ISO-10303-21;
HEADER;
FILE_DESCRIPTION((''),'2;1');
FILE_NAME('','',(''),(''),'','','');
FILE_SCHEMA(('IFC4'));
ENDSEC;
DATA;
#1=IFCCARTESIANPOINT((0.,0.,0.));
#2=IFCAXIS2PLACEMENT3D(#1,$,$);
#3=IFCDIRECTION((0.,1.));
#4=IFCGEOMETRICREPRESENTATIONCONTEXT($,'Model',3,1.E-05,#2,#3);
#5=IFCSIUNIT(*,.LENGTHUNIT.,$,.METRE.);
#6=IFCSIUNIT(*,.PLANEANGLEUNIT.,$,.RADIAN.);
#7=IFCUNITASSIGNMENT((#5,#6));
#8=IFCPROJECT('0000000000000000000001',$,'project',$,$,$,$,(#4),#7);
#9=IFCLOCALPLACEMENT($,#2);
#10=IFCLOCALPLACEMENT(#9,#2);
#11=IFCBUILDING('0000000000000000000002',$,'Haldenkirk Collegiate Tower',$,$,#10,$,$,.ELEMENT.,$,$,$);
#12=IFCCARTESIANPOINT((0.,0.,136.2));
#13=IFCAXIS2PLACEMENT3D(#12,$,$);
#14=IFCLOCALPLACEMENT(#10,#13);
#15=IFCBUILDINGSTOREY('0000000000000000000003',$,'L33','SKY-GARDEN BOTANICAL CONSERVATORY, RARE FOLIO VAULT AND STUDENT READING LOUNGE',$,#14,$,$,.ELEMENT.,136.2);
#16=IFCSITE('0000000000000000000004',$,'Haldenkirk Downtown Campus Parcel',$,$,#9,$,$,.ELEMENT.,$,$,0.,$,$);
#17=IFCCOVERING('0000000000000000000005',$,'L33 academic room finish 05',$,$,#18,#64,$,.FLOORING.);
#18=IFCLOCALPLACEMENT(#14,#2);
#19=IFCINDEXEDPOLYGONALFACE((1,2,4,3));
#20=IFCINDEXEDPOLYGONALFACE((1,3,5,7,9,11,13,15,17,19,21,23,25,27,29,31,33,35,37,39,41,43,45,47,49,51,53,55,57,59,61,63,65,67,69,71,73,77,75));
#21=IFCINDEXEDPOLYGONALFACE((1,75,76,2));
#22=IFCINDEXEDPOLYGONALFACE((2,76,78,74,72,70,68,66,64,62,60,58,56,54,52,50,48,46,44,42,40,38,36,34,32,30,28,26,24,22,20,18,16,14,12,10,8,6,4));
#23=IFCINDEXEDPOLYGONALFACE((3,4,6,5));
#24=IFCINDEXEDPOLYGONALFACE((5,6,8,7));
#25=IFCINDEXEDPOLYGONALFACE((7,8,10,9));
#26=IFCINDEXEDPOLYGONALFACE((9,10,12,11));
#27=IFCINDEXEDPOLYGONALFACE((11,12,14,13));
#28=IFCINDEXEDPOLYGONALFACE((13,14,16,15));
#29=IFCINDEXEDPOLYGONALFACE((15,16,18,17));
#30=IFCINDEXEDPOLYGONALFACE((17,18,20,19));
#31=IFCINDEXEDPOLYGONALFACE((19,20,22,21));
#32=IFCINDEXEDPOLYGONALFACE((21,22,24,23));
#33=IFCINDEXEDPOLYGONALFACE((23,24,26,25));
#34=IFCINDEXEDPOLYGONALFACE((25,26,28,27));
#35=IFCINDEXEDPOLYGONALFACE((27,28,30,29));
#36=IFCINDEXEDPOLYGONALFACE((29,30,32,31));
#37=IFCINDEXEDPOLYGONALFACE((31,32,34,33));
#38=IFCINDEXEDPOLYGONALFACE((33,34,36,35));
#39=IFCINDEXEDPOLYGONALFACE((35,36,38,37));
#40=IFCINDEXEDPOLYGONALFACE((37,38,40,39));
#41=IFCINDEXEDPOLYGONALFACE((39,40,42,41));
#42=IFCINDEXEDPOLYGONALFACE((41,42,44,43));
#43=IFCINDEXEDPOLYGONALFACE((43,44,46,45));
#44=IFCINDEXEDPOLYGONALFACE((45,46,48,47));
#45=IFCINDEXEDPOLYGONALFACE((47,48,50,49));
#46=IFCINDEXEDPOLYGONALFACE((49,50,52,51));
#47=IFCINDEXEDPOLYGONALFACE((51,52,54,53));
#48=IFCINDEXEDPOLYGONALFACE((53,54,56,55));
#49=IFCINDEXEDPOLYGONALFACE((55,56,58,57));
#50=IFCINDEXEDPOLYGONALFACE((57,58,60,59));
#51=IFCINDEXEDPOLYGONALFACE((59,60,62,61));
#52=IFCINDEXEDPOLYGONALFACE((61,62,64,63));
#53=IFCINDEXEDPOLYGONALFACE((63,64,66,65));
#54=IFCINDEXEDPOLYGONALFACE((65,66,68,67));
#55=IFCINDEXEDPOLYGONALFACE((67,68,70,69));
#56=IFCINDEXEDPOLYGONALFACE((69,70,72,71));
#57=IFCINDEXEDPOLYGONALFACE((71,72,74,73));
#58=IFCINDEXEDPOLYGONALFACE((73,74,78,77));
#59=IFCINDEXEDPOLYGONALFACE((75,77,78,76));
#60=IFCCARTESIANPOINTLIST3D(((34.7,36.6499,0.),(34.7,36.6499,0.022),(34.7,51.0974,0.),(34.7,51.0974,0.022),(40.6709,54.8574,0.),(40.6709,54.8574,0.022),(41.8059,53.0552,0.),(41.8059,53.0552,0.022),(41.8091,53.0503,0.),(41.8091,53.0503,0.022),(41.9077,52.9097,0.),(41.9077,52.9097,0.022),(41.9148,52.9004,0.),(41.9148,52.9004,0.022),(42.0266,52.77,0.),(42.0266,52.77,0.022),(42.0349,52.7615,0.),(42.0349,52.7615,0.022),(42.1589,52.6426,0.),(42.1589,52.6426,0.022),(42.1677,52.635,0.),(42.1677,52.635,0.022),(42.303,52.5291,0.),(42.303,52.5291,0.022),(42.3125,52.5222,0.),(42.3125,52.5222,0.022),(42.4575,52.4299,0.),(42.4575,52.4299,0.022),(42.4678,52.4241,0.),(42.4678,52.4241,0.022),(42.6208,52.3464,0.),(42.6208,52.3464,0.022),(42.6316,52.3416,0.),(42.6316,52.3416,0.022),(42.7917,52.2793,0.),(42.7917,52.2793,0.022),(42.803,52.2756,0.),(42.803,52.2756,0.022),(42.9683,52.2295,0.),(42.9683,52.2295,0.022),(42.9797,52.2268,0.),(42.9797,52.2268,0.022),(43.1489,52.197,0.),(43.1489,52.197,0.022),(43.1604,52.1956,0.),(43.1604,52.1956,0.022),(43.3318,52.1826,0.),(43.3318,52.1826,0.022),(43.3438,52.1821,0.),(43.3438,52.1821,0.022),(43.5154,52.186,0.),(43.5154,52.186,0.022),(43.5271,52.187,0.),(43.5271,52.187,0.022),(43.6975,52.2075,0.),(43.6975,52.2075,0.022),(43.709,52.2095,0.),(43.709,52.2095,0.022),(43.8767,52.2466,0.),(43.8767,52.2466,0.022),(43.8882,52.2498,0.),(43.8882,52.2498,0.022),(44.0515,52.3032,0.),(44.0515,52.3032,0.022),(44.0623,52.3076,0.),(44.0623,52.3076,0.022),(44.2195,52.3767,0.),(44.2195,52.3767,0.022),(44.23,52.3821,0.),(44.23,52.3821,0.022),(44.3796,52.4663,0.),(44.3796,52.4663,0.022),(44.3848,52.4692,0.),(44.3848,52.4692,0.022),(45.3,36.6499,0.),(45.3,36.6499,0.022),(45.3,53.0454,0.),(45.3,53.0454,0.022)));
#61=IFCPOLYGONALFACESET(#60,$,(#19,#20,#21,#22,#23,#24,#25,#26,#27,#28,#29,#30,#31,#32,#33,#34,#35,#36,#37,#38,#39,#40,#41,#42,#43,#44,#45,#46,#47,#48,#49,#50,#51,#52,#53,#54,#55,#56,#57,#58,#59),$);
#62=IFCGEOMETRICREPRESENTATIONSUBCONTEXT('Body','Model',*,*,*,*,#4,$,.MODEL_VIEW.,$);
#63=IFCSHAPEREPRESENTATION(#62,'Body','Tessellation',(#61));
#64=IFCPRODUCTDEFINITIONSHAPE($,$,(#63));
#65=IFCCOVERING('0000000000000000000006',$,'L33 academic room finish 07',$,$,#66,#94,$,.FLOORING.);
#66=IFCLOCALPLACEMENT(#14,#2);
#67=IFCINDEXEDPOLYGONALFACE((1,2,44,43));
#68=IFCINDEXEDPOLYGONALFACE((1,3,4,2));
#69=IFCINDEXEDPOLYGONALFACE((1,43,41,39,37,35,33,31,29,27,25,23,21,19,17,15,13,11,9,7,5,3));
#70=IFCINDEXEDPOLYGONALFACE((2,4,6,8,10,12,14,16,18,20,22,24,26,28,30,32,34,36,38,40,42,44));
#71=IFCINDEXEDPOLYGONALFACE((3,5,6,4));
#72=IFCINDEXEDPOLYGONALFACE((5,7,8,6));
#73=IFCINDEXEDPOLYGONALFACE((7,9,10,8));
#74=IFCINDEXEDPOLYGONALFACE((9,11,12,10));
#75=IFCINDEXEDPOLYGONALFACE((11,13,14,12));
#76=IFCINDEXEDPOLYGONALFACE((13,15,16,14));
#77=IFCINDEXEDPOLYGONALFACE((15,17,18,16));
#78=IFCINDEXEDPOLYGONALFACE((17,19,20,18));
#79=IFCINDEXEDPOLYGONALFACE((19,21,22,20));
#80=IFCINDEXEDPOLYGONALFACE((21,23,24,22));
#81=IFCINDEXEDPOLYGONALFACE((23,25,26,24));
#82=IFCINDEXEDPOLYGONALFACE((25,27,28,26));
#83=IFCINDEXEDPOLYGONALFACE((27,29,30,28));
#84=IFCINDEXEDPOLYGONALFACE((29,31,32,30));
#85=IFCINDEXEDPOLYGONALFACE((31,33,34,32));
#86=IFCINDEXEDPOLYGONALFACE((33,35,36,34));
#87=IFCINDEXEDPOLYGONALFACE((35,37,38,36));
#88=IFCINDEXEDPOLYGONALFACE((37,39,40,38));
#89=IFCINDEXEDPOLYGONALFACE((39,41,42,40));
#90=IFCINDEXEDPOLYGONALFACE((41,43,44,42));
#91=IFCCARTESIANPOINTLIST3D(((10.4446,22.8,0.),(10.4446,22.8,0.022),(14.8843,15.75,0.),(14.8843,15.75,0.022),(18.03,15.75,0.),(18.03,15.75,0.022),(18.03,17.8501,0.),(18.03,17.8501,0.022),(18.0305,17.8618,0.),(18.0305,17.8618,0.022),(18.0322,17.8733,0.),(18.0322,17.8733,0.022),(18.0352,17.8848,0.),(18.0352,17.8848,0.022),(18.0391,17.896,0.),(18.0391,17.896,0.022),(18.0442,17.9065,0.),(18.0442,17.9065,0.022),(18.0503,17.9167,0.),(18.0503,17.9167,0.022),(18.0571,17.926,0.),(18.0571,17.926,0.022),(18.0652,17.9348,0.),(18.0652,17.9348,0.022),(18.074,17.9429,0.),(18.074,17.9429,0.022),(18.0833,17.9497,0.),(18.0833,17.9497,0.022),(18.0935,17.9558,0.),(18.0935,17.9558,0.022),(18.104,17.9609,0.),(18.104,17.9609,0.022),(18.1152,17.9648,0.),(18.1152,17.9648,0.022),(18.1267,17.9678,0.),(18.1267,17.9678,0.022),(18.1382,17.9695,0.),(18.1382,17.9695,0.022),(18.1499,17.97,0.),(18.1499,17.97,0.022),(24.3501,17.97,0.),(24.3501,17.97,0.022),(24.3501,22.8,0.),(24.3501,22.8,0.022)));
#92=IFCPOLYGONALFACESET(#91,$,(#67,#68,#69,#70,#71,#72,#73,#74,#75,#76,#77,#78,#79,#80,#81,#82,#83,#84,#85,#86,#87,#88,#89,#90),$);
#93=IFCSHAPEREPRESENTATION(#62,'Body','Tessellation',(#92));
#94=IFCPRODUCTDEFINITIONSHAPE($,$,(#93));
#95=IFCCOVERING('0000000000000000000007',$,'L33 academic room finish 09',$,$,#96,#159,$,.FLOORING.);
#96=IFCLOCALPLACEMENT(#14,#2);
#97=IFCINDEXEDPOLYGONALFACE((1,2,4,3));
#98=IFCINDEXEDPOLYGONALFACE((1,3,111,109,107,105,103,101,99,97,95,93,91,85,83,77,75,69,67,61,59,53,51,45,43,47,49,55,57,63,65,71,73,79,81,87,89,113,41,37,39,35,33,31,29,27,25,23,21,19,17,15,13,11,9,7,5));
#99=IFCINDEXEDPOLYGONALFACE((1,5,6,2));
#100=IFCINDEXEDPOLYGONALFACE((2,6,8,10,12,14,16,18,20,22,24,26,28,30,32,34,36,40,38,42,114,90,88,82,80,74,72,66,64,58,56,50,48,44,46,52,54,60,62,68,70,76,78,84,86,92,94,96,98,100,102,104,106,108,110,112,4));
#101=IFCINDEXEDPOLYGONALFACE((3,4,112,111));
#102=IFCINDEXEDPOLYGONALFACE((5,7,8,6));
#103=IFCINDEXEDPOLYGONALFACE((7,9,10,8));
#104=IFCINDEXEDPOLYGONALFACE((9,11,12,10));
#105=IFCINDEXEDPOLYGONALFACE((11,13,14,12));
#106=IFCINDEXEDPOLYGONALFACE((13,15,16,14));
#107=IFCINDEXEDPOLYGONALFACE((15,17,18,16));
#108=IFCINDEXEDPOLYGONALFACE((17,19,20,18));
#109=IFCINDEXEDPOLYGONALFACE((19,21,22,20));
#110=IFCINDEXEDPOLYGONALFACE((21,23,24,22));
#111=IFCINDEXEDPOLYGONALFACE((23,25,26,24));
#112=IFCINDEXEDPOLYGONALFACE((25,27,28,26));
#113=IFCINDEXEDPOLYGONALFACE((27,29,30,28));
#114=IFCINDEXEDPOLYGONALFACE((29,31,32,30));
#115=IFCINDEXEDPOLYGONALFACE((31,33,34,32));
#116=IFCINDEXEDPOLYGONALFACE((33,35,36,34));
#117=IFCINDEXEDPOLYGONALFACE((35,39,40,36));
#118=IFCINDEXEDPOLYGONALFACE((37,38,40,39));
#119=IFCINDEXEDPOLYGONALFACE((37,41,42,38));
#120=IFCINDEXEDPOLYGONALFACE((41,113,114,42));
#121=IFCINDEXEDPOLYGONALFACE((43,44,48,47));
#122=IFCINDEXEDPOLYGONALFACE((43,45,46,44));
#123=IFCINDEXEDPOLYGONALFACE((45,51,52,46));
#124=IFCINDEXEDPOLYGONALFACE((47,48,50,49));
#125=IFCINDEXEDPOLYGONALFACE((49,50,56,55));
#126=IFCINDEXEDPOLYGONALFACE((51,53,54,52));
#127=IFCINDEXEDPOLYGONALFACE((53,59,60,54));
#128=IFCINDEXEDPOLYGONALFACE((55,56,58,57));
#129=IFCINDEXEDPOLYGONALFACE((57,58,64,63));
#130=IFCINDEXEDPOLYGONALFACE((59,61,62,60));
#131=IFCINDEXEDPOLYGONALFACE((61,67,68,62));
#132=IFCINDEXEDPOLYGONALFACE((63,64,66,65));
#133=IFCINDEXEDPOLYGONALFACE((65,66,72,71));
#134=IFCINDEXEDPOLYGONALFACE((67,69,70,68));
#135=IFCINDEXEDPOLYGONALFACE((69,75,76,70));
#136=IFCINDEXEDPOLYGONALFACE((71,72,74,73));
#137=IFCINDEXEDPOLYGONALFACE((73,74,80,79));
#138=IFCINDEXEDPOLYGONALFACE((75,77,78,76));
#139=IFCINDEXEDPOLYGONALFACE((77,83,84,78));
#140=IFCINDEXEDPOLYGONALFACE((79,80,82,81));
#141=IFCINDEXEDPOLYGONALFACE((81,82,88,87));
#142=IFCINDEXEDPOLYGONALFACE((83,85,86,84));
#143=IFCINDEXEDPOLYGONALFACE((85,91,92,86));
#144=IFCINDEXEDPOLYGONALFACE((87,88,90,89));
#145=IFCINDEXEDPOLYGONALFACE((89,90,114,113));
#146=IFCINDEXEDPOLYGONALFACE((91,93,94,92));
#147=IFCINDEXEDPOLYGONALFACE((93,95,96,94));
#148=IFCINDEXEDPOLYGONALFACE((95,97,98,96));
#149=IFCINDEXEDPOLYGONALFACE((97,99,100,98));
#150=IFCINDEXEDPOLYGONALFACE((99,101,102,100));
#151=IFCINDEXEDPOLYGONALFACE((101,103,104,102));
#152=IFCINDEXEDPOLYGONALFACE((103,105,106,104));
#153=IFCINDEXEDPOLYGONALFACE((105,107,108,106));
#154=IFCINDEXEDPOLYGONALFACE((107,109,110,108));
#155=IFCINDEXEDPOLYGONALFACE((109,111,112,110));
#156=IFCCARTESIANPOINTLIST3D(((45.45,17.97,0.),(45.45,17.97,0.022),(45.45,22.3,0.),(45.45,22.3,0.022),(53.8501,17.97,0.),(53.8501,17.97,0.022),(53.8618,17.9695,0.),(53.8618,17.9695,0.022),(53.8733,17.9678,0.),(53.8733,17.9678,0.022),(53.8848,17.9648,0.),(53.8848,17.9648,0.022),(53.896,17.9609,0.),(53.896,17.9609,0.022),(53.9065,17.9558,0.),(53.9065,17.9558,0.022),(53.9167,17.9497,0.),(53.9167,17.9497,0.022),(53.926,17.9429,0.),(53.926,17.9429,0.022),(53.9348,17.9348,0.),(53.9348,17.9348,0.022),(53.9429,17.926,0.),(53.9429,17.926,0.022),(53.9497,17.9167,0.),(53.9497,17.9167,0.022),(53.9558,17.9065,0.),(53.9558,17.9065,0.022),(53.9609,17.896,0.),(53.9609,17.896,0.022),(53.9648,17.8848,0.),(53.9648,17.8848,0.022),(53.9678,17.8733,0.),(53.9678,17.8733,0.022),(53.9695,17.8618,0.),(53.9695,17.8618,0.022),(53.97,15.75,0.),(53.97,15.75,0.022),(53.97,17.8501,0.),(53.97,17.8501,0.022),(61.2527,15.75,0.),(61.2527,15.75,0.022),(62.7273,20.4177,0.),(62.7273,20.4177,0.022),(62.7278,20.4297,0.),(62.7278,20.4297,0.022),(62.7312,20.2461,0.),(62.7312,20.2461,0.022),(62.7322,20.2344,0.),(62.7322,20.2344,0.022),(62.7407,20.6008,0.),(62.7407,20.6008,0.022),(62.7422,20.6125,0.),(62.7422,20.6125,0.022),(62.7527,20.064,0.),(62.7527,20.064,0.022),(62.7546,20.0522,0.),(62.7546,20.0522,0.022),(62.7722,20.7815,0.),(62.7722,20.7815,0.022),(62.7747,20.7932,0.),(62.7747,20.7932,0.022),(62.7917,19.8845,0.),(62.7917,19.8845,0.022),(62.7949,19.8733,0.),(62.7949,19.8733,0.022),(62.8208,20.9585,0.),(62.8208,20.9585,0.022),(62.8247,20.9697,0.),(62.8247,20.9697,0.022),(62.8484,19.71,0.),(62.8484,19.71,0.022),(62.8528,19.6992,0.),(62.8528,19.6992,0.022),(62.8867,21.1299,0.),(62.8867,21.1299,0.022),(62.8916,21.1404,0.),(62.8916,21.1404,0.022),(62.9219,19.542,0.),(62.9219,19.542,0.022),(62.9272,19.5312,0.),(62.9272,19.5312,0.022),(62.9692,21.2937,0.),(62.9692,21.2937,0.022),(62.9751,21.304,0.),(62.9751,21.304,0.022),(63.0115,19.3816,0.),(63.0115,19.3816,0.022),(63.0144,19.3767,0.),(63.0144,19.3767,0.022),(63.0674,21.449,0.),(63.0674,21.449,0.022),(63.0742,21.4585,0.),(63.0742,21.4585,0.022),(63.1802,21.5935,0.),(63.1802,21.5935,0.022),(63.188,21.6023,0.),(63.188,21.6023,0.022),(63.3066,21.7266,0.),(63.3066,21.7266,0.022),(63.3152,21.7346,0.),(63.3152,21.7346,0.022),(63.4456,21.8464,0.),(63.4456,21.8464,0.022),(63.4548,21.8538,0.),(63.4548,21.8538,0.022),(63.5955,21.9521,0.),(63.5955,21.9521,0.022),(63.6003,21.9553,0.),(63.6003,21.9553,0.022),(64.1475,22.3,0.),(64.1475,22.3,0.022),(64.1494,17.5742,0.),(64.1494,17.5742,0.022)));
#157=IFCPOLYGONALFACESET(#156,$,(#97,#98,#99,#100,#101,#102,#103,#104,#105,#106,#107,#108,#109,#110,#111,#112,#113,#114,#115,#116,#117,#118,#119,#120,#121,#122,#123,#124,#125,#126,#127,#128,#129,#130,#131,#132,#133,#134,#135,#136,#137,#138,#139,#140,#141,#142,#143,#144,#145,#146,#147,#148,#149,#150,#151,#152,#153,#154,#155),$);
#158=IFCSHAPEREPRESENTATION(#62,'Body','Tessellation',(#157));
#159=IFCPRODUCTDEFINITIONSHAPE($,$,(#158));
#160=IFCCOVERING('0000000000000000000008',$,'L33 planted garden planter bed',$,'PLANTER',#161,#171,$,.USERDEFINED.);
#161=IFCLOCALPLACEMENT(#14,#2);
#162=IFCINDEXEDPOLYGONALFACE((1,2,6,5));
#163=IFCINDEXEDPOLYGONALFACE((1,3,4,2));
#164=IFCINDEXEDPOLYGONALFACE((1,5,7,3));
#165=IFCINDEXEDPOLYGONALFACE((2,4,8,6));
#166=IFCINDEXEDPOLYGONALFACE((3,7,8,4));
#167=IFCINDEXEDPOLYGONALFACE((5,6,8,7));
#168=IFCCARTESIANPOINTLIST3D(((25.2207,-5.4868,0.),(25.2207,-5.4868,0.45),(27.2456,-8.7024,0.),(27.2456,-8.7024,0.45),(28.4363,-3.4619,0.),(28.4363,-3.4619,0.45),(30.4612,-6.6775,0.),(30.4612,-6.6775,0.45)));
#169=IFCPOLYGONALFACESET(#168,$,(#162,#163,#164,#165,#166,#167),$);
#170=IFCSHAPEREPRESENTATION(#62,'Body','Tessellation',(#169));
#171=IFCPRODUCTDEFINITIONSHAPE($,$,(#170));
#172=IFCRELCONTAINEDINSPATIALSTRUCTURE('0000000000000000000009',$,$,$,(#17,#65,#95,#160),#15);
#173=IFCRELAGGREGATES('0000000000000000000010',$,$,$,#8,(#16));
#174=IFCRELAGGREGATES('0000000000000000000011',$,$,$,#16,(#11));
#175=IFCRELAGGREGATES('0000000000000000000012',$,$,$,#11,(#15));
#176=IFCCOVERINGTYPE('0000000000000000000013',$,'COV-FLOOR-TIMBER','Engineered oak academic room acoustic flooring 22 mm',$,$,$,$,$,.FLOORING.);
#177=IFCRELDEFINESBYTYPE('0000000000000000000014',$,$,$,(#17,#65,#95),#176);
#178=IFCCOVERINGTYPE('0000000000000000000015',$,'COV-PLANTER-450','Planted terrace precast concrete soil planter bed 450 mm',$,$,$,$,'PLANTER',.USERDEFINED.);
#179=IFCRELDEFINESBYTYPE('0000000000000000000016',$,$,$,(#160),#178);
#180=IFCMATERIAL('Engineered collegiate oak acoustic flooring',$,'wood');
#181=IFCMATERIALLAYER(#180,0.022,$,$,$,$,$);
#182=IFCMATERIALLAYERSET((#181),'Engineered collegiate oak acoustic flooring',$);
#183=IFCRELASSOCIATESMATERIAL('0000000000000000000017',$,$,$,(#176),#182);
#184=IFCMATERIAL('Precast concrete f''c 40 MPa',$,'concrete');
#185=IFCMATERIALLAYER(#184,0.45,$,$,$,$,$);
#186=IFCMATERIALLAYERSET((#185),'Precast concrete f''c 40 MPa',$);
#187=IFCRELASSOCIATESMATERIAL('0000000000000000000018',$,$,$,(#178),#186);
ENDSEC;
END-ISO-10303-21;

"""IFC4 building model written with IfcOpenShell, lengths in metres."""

from ifc_helpers import new_model, si_unit, direction, frame, origin, place, context, subcontext, project, spatial, polyline, outline, extrude, material, layer, layer_set, type_object, element, save


model = new_model("IFC4")

# Units and contexts
model_context = context("Model", 3, precision=1e-05, world=origin(), true_north=direction((0.0, 1.0)))
body_context = subcontext(model_context, "Body", "Model", "MODEL_VIEW")
ifc_project = project(units=[si_unit("LENGTHUNIT", "METRE"), si_unit("PLANEANGLEUNIT", "RADIAN")], contexts=[model_context])

# Site, building, storey
site_placement = place(None, origin())
site = spatial("IfcSite", under=ifc_project, at=site_placement, Name="Haldenkirk Downtown Campus Parcel", CompositionType="ELEMENT", RefElevation=0.0)
building_placement = place(site_placement, origin())
building = spatial("IfcBuilding", under=site, at=building_placement, Name="Haldenkirk Collegiate Tower", CompositionType="ELEMENT")
storey_placement = place(building_placement, frame((0.0, 0.0, 136.2)))
storey = spatial("IfcBuildingStorey", under=building, at=storey_placement, Name="L33", Description="SKY-GARDEN BOTANICAL CONSERVATORY, RARE FOLIO VAULT AND STUDENT READING LOUNGE", CompositionType="ELEMENT", Elevation=136.2)

# Coverings
ifc_material_1 = material(Name="Engineered collegiate oak acoustic flooring", Category="wood")
ifc_layer_1 = layer(ifc_material_1, 0.022)
ifc_layer_set_1 = layer_set([ifc_layer_1], Name="Engineered collegiate oak acoustic flooring")
covering_type_1 = type_object("IfcCoveringType", Name="COV-FLOOR-TIMBER", Description="Engineered oak academic room acoustic flooring 22 mm", PredefinedType="FLOORING", material=ifc_layer_set_1)
covering_1_placement = place(storey_placement, origin())
element("IfcCovering", 1, at=covering_1_placement, inside=storey, type_object=covering_type_1, Name="L33 academic room finish 05", PredefinedType="FLOORING", context=body_context, shape_type="SweptSolid", body=[
    extrude(outline(polyline([(41.8059, 53.0552), (41.8091, 53.0503), (41.9077, 52.9097), (41.9148, 52.9004), (42.0266, 52.77), (42.0349, 52.7615), (42.1589, 52.6426), (42.1677, 52.635), (42.303, 52.5291), (42.3125, 52.5222), (42.4575, 52.4299), (42.4678, 52.4241), (42.6208, 52.3464), (42.6316, 52.3416), (42.7917, 52.2793), (42.803, 52.2756), (42.9683, 52.2295), (42.9797, 52.2268), (43.1489, 52.197), (43.1604, 52.1956), (43.3318, 52.1826), (43.3438, 52.1821), (43.5154, 52.186), (43.5271, 52.187), (43.6975, 52.2075), (43.709, 52.2095), (43.8767, 52.2466), (43.8882, 52.2498), (44.0515, 52.3032), (44.0623, 52.3076), (44.2195, 52.3767), (44.23, 52.3821), (44.3796, 52.4663), (44.3848, 52.4692), (45.3, 53.0454), (45.3, 36.6499), (34.7, 36.6499), (34.7, 51.0974), (40.6709, 54.8574), (41.8059, 53.0552)])), origin(), (0.0, 0.0, 1.0), 0.022),
])
covering_2_placement = place(storey_placement, origin())
element("IfcCovering", 2, at=covering_2_placement, inside=storey, type_object=covering_type_1, Name="L33 academic room finish 07", PredefinedType="FLOORING", context=body_context, shape_type="SweptSolid", body=[
    extrude(outline(polyline([(18.1499, 17.97), (18.1382, 17.9695), (18.1267, 17.9678), (18.1152, 17.9648), (18.104, 17.9609), (18.0935, 17.9558), (18.0833, 17.9497), (18.074, 17.9429), (18.0652, 17.9348), (18.0571, 17.926), (18.0503, 17.9167), (18.0442, 17.9065), (18.0391, 17.896), (18.0352, 17.8848), (18.0322, 17.8733), (18.0305, 17.8618), (18.03, 17.8501), (18.03, 15.75), (14.8843, 15.75), (10.4446, 22.8), (24.3501, 22.8), (24.3501, 17.97), (18.1499, 17.97)])), origin(), (0.0, 0.0, 1.0), 0.022),
])
covering_3_placement = place(storey_placement, origin())
element("IfcCovering", 3, at=covering_3_placement, inside=storey, type_object=covering_type_1, Name="L33 academic room finish 09", PredefinedType="FLOORING", context=body_context, shape_type="SweptSolid", body=[
    extrude(outline(polyline([(63.6003, 21.9553), (63.5955, 21.9521), (63.4548, 21.8538), (63.4456, 21.8464), (63.3152, 21.7346), (63.3066, 21.7266), (63.188, 21.6023), (63.1802, 21.5935), (63.0742, 21.4585), (63.0674, 21.449), (62.9751, 21.304), (62.9692, 21.2937), (62.8916, 21.1404), (62.8867, 21.1299), (62.8247, 20.9697), (62.8208, 20.9585), (62.7747, 20.7932), (62.7722, 20.7815), (62.7422, 20.6125), (62.7407, 20.6008), (62.7278, 20.4297), (62.7273, 20.4177), (62.7312, 20.2461), (62.7322, 20.2344), (62.7527, 20.064), (62.7546, 20.0522), (62.7917, 19.8845), (62.7949, 19.8733), (62.8484, 19.71), (62.8528, 19.6992), (62.9219, 19.542), (62.9272, 19.5312), (63.0115, 19.3816), (63.0144, 19.3767), (64.1494, 17.5742), (61.2527, 15.75), (53.97, 15.75), (53.97, 17.8501), (53.9695, 17.8618), (53.9678, 17.8733), (53.9648, 17.8848), (53.9609, 17.896), (53.9558, 17.9065), (53.9497, 17.9167), (53.9429, 17.926), (53.9348, 17.9348), (53.926, 17.9429), (53.9167, 17.9497), (53.9065, 17.9558), (53.896, 17.9609), (53.8848, 17.9648), (53.8733, 17.9678), (53.8618, 17.9695), (53.8501, 17.97), (45.45, 17.97), (45.45, 22.3), (64.1475, 22.3), (63.6003, 21.9553)])), origin(), (0.0, 0.0, 1.0), 0.022),
])
ifc_material_2 = material(Name="Precast concrete f'c 40 MPa", Category="concrete")
ifc_layer_2 = layer(ifc_material_2, 0.45)
ifc_layer_set_2 = layer_set([ifc_layer_2], Name="Precast concrete f'c 40 MPa")
covering_type_2 = type_object("IfcCoveringType", Name="COV-PLANTER-450", Description="Planted terrace precast concrete soil planter bed 450 mm", ElementType="PLANTER", PredefinedType="USERDEFINED", material=ifc_layer_set_2)
covering_4_placement = place(storey_placement, origin())
element("IfcCovering", 4, at=covering_4_placement, inside=storey, type_object=covering_type_2, Name="L33 planted garden planter bed", ObjectType="PLANTER", PredefinedType="USERDEFINED", context=body_context, shape_type="SweptSolid", body=[
    extrude(outline(polyline([(27.2456, -8.7024), (25.2207, -5.4868), (28.4363, -3.4619), (30.4612, -6.6775), (27.2456, -8.7024)])), origin(), (0.0, 0.0, 1.0), 0.45),
])

save(model, "model.ifc")
